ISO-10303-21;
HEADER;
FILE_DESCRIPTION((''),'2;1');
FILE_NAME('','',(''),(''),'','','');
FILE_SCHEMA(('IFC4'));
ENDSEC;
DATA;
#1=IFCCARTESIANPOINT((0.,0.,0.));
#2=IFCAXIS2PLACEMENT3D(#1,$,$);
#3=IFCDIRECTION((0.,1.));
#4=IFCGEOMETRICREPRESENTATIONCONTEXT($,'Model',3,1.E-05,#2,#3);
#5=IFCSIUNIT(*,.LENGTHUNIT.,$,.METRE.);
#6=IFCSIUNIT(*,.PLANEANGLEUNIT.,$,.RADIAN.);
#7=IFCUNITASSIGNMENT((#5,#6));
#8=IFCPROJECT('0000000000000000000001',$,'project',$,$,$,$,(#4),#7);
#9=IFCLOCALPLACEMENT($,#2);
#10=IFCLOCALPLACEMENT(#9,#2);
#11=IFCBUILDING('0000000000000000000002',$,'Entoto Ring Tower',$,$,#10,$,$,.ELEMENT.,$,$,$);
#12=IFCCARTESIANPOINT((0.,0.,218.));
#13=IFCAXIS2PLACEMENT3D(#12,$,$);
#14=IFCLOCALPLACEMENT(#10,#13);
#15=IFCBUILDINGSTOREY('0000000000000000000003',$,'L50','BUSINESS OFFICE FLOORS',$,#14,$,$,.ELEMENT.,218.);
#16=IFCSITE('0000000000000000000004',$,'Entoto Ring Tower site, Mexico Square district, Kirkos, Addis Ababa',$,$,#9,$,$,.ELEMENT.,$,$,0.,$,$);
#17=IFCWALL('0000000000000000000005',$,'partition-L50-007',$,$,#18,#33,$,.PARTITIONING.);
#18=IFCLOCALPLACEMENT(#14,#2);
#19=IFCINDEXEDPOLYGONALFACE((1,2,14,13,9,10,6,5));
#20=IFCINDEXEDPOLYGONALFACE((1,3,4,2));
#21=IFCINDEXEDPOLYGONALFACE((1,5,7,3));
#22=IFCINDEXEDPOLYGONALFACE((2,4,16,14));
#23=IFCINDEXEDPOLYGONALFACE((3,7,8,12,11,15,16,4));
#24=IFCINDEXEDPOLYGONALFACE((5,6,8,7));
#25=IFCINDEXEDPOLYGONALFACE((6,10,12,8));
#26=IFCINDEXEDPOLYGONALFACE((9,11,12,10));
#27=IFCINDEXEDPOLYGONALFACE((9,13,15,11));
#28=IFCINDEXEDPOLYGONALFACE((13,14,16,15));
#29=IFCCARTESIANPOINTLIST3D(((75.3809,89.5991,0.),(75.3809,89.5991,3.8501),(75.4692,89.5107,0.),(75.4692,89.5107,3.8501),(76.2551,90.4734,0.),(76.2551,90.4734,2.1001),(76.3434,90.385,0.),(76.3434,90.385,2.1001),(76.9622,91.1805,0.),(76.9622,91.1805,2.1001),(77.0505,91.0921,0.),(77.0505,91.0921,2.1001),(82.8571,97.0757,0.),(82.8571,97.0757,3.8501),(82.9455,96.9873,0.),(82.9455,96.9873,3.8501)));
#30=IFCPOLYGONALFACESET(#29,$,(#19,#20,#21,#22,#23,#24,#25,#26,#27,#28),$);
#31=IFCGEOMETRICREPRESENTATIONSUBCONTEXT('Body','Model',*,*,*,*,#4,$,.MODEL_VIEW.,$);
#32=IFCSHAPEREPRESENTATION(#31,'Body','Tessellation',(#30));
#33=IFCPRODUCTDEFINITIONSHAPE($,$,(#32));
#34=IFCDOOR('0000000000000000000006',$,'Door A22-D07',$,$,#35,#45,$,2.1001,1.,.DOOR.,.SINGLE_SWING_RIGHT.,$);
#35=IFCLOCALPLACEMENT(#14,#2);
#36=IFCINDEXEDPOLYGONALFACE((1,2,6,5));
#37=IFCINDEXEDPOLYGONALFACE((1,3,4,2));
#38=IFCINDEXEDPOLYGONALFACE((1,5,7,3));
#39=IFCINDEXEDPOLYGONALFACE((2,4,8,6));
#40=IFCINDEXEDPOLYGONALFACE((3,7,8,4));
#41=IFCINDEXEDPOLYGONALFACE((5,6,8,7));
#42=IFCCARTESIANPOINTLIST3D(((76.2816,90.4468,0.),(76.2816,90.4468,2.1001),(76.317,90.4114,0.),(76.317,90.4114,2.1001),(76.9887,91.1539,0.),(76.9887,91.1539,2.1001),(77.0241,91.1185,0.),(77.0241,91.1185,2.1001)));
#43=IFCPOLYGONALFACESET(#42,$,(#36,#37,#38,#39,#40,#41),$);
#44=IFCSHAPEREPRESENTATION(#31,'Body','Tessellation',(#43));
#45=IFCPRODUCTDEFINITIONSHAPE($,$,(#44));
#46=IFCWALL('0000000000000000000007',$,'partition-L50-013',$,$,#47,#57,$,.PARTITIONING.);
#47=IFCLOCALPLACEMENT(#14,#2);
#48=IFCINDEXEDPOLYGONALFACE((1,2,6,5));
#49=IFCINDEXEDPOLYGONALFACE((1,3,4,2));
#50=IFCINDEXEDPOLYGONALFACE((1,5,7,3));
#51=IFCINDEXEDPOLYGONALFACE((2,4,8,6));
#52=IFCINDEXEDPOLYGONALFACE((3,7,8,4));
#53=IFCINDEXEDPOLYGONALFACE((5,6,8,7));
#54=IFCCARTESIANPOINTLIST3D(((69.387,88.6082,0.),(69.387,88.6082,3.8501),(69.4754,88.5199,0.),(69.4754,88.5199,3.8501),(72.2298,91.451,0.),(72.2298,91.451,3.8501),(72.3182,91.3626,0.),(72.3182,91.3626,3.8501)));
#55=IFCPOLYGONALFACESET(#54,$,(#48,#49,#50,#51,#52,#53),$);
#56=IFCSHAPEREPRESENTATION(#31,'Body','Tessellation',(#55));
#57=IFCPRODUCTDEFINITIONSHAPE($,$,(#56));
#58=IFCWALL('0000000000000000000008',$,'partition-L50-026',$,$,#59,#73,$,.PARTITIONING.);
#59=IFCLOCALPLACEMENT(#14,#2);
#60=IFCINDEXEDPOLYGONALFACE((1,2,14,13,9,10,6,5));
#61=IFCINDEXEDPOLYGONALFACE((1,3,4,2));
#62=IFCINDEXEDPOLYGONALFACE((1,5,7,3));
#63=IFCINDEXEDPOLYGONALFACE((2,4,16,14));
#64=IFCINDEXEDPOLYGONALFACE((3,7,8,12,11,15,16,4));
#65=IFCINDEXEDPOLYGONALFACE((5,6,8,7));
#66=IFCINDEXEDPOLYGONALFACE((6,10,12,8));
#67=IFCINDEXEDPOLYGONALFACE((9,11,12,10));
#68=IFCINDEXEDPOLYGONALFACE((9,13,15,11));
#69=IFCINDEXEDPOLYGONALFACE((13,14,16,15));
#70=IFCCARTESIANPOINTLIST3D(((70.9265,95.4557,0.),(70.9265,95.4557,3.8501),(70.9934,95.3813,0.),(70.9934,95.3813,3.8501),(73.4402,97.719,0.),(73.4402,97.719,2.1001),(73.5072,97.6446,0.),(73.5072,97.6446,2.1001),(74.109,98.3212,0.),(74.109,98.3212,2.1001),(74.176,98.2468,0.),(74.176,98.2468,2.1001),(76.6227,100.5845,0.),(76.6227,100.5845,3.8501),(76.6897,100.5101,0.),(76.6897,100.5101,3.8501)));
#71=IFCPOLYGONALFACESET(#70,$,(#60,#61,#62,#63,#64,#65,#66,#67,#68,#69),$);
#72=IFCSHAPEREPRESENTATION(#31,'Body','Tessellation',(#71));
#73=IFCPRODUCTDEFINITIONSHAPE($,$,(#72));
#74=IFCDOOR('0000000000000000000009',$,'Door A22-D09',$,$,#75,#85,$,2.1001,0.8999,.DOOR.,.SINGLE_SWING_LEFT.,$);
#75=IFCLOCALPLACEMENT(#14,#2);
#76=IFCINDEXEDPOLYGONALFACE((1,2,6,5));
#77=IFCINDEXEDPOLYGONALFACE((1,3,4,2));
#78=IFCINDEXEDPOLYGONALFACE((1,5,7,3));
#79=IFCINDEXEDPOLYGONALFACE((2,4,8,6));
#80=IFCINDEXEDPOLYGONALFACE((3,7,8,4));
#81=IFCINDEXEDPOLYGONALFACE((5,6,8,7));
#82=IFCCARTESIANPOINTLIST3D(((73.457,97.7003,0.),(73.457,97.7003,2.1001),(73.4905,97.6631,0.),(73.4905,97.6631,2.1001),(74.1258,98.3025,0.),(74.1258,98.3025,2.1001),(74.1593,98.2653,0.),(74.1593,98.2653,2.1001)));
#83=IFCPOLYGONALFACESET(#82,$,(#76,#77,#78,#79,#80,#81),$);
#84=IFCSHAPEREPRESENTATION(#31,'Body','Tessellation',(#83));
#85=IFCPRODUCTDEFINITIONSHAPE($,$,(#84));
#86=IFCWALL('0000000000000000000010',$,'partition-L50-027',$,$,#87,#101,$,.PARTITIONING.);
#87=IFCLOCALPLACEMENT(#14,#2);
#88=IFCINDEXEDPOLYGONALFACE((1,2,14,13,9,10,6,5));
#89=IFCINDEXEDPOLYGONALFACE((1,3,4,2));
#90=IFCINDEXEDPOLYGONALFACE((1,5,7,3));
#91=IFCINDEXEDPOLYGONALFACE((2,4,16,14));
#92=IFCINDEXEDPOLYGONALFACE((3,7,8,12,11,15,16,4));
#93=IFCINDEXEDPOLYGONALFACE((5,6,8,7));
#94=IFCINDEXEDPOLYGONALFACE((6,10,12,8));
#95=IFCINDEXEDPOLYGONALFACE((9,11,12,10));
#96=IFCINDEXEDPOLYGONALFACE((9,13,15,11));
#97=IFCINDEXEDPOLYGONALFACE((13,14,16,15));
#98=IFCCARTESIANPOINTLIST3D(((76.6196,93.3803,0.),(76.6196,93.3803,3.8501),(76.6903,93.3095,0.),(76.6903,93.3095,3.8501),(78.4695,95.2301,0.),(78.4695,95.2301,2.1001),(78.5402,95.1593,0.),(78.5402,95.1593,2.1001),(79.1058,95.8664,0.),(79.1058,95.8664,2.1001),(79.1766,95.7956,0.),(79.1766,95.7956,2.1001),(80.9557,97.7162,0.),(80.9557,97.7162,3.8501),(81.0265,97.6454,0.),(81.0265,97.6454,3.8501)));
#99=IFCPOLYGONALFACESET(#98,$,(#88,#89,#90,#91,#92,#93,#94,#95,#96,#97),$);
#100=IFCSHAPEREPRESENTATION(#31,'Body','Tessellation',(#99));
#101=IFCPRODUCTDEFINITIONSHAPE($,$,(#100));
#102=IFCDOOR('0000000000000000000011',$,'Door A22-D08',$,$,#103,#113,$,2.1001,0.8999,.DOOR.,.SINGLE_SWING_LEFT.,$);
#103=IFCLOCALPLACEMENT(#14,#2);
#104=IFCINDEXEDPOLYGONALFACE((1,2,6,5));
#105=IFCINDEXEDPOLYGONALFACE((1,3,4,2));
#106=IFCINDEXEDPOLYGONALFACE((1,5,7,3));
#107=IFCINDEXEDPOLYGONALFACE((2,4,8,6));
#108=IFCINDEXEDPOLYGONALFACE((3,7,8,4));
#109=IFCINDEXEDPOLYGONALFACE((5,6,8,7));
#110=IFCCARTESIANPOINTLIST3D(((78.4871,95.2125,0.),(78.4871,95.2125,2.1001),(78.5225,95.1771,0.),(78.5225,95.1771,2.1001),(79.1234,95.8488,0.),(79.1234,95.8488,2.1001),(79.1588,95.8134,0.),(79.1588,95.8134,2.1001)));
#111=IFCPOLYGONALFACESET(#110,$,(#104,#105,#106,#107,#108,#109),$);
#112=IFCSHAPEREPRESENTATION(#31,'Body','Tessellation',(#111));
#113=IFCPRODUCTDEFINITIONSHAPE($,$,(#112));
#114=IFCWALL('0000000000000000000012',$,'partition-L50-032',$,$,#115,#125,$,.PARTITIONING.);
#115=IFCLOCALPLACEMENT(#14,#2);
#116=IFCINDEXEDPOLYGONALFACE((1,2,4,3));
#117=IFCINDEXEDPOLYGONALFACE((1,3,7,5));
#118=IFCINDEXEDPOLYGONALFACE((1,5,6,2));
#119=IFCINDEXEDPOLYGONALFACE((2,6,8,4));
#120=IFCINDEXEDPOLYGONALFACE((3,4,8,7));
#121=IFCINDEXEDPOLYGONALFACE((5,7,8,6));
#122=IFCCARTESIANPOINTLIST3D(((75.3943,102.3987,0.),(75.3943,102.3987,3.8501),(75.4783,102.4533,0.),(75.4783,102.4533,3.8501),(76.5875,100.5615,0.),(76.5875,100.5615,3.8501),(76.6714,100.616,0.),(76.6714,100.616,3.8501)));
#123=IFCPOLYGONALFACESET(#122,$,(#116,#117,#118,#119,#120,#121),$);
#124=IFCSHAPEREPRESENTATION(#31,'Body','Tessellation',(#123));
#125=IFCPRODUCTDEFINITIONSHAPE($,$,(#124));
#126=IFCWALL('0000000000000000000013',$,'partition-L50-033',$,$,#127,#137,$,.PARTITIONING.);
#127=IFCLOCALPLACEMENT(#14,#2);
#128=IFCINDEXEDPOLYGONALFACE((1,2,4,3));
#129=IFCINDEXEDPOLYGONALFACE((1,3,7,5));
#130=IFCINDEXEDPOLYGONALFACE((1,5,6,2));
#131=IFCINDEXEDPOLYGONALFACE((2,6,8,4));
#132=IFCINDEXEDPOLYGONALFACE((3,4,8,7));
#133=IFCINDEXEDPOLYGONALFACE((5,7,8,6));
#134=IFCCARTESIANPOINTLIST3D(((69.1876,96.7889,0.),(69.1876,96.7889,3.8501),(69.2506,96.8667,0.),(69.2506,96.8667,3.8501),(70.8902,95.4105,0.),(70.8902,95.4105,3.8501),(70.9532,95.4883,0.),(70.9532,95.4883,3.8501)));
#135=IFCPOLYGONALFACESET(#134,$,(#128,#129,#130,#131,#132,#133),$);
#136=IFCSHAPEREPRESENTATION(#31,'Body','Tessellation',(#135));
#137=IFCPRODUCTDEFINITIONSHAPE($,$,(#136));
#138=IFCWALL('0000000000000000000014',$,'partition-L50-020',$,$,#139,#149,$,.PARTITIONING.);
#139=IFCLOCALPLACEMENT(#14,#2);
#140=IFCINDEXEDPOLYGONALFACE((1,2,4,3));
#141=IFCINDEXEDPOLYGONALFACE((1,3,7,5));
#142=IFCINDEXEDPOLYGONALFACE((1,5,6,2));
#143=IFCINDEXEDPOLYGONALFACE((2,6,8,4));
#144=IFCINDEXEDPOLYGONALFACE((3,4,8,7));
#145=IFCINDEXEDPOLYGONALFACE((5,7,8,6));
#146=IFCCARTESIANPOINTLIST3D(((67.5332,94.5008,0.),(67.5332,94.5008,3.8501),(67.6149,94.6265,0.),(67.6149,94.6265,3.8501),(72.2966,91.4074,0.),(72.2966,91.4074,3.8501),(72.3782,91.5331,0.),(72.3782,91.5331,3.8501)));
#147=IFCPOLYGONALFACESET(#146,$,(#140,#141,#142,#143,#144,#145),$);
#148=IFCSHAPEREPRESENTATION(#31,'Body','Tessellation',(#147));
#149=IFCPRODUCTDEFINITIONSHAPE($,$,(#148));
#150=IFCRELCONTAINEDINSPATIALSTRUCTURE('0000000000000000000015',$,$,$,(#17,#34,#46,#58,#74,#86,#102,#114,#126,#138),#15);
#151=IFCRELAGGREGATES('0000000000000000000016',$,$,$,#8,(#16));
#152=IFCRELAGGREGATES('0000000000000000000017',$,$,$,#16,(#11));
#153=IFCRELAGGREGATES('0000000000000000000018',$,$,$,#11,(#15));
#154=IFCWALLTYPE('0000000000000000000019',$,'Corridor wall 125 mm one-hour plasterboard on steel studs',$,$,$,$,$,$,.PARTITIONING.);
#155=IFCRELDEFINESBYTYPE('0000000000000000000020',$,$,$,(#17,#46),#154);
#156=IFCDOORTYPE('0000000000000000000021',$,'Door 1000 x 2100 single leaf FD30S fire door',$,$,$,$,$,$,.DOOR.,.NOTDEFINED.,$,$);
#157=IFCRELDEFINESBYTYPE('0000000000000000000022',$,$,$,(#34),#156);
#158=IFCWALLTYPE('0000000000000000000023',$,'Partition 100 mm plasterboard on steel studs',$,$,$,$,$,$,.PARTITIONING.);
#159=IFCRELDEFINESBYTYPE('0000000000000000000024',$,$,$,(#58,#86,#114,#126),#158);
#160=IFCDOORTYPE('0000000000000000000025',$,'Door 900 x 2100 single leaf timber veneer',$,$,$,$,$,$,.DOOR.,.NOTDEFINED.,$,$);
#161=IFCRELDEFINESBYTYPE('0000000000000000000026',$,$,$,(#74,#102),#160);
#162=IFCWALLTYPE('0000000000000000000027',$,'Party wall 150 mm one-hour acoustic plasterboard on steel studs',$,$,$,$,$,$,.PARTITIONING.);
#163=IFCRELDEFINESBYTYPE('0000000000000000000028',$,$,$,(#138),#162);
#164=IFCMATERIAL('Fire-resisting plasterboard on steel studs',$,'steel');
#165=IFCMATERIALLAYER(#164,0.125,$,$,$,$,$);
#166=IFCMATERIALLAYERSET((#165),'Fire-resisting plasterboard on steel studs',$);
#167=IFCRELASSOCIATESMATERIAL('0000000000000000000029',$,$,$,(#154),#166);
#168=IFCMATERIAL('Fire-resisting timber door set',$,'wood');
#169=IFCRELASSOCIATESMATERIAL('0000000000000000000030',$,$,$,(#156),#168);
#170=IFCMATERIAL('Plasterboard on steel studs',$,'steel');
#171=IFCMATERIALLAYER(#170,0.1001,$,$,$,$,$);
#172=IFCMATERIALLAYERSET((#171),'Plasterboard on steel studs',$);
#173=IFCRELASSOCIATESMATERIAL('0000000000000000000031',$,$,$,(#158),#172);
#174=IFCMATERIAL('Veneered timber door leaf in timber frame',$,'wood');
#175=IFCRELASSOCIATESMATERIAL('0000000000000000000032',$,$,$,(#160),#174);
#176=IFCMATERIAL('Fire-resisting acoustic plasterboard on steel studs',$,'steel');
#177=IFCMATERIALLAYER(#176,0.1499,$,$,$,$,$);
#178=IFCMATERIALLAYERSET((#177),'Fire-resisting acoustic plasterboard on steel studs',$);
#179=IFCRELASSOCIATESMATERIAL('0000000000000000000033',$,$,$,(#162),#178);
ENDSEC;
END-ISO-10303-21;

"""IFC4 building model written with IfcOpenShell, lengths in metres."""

from ifc_helpers import new_model, si_unit, direction, frame, frame_2d, origin, place, context, subcontext, project, spatial, rectangle, extrude, material, layer, layer_set, type_object, element, fill, save


model = new_model("IFC4")

# Units and contexts
model_context = context("Model", 3, precision=1e-05, world=origin(), true_north=direction((0.0, 1.0)))
body_context = subcontext(model_context, "Body", "Model", "MODEL_VIEW")
ifc_project = project(units=[si_unit("LENGTHUNIT", "METRE"), si_unit("PLANEANGLEUNIT", "RADIAN")], contexts=[model_context])

# Site, building, storey
site_placement = place(None, origin())
site = spatial("IfcSite", under=ifc_project, at=site_placement, Name="Entoto Ring Tower site, Mexico Square district, Kirkos, Addis Ababa", CompositionType="ELEMENT", RefElevation=0.0)
building_placement = place(site_placement, origin())
building = spatial("IfcBuilding", under=site, at=building_placement, Name="Entoto Ring Tower", CompositionType="ELEMENT")
storey_placement = place(building_placement, frame((0.0, 0.0, 218.0)))
storey = spatial("IfcBuildingStorey", under=building, at=storey_placement, Name="L50", Description="BUSINESS OFFICE FLOORS", CompositionType="ELEMENT", Elevation=218.0)

# Wall, opening, door
ifc_material_1 = material(Name="Fire-resisting plasterboard on steel studs", Category="steel")
ifc_layer_1 = layer(ifc_material_1, 0.125)
ifc_layer_set_1 = layer_set([ifc_layer_1], Name="Fire-resisting plasterboard on steel studs")
wall_type_1 = type_object("IfcWallType", Name="Corridor wall 125 mm one-hour plasterboard on steel studs", PredefinedType="PARTITIONING", material=ifc_layer_set_1)
wall_1_placement = place(storey_placement, frame((75.425, 89.5549, 0.0), z_axis=(0.0, 0.0, 1.0), x_axis=(0.707095, 0.707118, 0.0)))
wall_1 = element("IfcWall", 1, at=wall_1_placement, inside=storey, type_object=wall_type_1, Name="partition-L50-007", PredefinedType="PARTITIONING", context=body_context, shape_type="SweptSolid", body=[
    extrude(rectangle(XDim=10.5732, YDim=0.125, at=frame_2d((5.2866, 0.0))), origin(), (0.0, 0.0, 1.0), 3.8501),
])
opening_1_placement = place(wall_1_placement, frame((1.2363, 0.0, 0.0)))
opening_1 = element("IfcOpeningElement", 2, at=opening_1_placement, cuts=wall_1, PredefinedType="OPENING", context=body_context, shape_type="SweptSolid", body=[
    extrude(rectangle(XDim=1.0, YDim=2.1001, at=frame_2d((0.5, 1.05))), frame((0.0, 0.0725, 0.0), z_axis=(0.0, -1.0, 0.0), x_axis=(1.0, 0.0, 0.0)), (0.0, 0.0, 1.0), 0.145),
])
ifc_material_2 = material(Name="Fire-resisting timber door set", Category="wood")
door_type_1 = type_object("IfcDoorType", Name="Door 1000 x 2100 single leaf FD30S fire door", OperationType="NOTDEFINED", PredefinedType="DOOR", material=ifc_material_2)
door_1_placement = place(opening_1_placement, origin())
door_1 = element("IfcDoor", 3, at=door_1_placement, inside=storey, type_object=door_type_1, Name="Door A22-D07", OperationType="SINGLE_SWING_RIGHT", OverallHeight=2.1001, OverallWidth=1.0, PredefinedType="DOOR", context=body_context, shape_type="SweptSolid", body=[
    extrude(rectangle(XDim=1.0, YDim=2.1001, at=frame_2d((0.5, 1.05))), frame((0.0, 0.0249, 0.0), z_axis=(0.0, -1.0, 0.0), x_axis=(1.0, 0.0, 0.0)), (0.0, 0.0, 1.0), 0.05),
])
fill(opening_1, door_1)

# Wall
wall_2_placement = place(storey_placement, frame((69.4312, 88.564, 0.0), z_axis=(0.0, 0.0, 1.0), x_axis=(0.707107, 0.707107, 0.0)))
element("IfcWall", 4, at=wall_2_placement, inside=storey, type_object=wall_type_1, Name="partition-L50-013", PredefinedType="PARTITIONING", context=body_context, shape_type="SweptSolid", body=[
    extrude(rectangle(XDim=4.0203, YDim=0.125, at=frame_2d((2.0103, 0.0))), origin(), (0.0, 0.0, 1.0), 3.8501),
])

# Walls, openings, doors
ifc_material_3 = material(Name="Plasterboard on steel studs", Category="steel")
ifc_layer_2 = layer(ifc_material_3, 0.1001)
ifc_layer_set_2 = layer_set([ifc_layer_2], Name="Plasterboard on steel studs")
wall_type_2 = type_object("IfcWallType", Name="Partition 100 mm plasterboard on steel studs", PredefinedType="PARTITIONING", material=ifc_layer_set_2)
wall_3_placement = place(storey_placement, frame((70.96, 95.4185, 0.0), z_axis=(0.0, 0.0, 1.0), x_axis=(0.743148, 0.669127, 0.0)))
wall_3 = element("IfcWall", 5, at=wall_3_placement, inside=storey, type_object=wall_type_2, Name="partition-L50-026", PredefinedType="PARTITIONING", context=body_context, shape_type="SweptSolid", body=[
    extrude(rectangle(XDim=7.665, YDim=0.1001, at=frame_2d((3.8325, 0.0))), origin(), (0.0, 0.0, 1.0), 3.8501),
])
opening_2_placement = place(wall_3_placement, frame((3.3826, 0.0, 0.0)))
opening_2 = element("IfcOpeningElement", 6, at=opening_2_placement, cuts=wall_3, PredefinedType="OPENING", context=body_context, shape_type="SweptSolid", body=[
    extrude(rectangle(XDim=0.8999, YDim=2.1001, at=frame_2d((0.45, 1.05))), frame((0.0, 0.0601, 0.0), z_axis=(0.0, -1.0, 0.0), x_axis=(1.0, 0.0, 0.0)), (0.0, 0.0, 1.0), 0.1201),
])
ifc_material_4 = material(Name="Veneered timber door leaf in timber frame", Category="wood")
door_type_2 = type_object("IfcDoorType", Name="Door 900 x 2100 single leaf timber veneer", OperationType="NOTDEFINED", PredefinedType="DOOR", material=ifc_material_4)
door_2_placement = place(opening_2_placement, origin())
door_2 = element("IfcDoor", 7, at=door_2_placement, inside=storey, type_object=door_type_2, Name="Door A22-D09", OperationType="SINGLE_SWING_LEFT", OverallHeight=2.1001, OverallWidth=0.8999, PredefinedType="DOOR", context=body_context, shape_type="SweptSolid", body=[
    extrude(rectangle(XDim=0.8999, YDim=2.1001, at=frame_2d((0.45, 1.05))), frame((0.0, 0.0249, 0.0), z_axis=(0.0, -1.0, 0.0), x_axis=(1.0, 0.0, 0.0)), (0.0, 0.0, 1.0), 0.05),
])
fill(opening_2, door_2)
wall_4_placement = place(storey_placement, frame((76.655, 93.345, 0.0), z_axis=(0.0, 0.0, 1.0), x_axis=(0.707127, 0.707087, 0.0)))
wall_4 = element("IfcWall", 8, at=wall_4_placement, inside=storey, type_object=wall_type_2, Name="partition-L50-027", PredefinedType="PARTITIONING", context=body_context, shape_type="SweptSolid", body=[
    extrude(rectangle(XDim=6.1321, YDim=0.1001, at=frame_2d((3.0659, 0.0))), origin(), (0.0, 0.0, 1.0), 3.8501),
])
opening_3_placement = place(wall_4_placement, frame((2.616, 0.0, 0.0)))
opening_3 = element("IfcOpeningElement", 9, at=opening_3_placement, cuts=wall_4, PredefinedType="OPENING", context=body_context, shape_type="SweptSolid", body=[
    extrude(rectangle(XDim=0.8999, YDim=2.1001, at=frame_2d((0.45, 1.05))), frame((0.0, 0.0601, 0.0), z_axis=(0.0, -1.0, 0.0), x_axis=(1.0, 0.0, 0.0)), (0.0, 0.0, 1.0), 0.1201),
])
door_3_placement = place(opening_3_placement, frame((0.8999, 0.0, 0.0), z_axis=(0.0, 0.0, 1.0), x_axis=(-1.0, 0.0, 0.0)))
door_3 = element("IfcDoor", 10, at=door_3_placement, inside=storey, type_object=door_type_2, Name="Door A22-D08", OperationType="SINGLE_SWING_LEFT", OverallHeight=2.1001, OverallWidth=0.8999, PredefinedType="DOOR", context=body_context, shape_type="SweptSolid", body=[
    extrude(rectangle(XDim=0.8999, YDim=2.1001, at=frame_2d((0.45, 1.05))), frame((0.0, 0.0249, 0.0), z_axis=(0.0, -1.0, 0.0), x_axis=(1.0, 0.0, 0.0)), (0.0, 0.0, 1.0), 0.05),
])
fill(opening_3, door_3)

# Walls
for number, where, z_axis, x_axis, name in (
    (11, (76.6294, 100.5889, 0.0), (0.0, 0.0, 1.0), (-0.544655, 0.83866, 0.0), "partition-L50-032"),
    (12, (70.9216, 95.4495, 0.0), (0.0, 0.0, 1.0), (-0.777224, 0.629224, 0.0), "partition-L50-033"),
):
    element("IfcWall", number, at=place(storey_placement, frame(where, z_axis=z_axis, x_axis=x_axis)), inside=storey, type_object=wall_type_2, Name=name, PredefinedType="PARTITIONING", context=body_context, shape_type="SweptSolid", body=[
        extrude(rectangle(XDim=2.1907, YDim=0.1001, at=frame_2d((1.0952, 0.0))), origin(), (0.0, 0.0, 1.0), 3.8501),
    ])
ifc_material_5 = material(Name="Fire-resisting acoustic plasterboard on steel studs", Category="steel")
ifc_layer_3 = layer(ifc_material_5, 0.1499)
ifc_layer_set_3 = layer_set([ifc_layer_3], Name="Fire-resisting acoustic plasterboard on steel studs")
wall_type_3 = type_object("IfcWallType", Name="Party wall 150 mm one-hour acoustic plasterboard on steel studs", PredefinedType="PARTITIONING", material=ifc_layer_set_3)
wall_5_placement = place(storey_placement, frame((72.3374, 91.4702, 0.0), z_axis=(0.0, 0.0, 1.0), x_axis=(-0.838663, 0.544651, 0.0)))
element("IfcWall", 13, at=wall_5_placement, inside=storey, type_object=wall_type_3, Name="partition-L50-020", PredefinedType="PARTITIONING", context=body_context, shape_type="SweptSolid", body=[
    extrude(rectangle(XDim=5.6797, YDim=0.1499, at=frame_2d((2.8398, 0.0))), origin(), (0.0, 0.0, 1.0), 3.8501),
])

save(model, "model.ifc")
